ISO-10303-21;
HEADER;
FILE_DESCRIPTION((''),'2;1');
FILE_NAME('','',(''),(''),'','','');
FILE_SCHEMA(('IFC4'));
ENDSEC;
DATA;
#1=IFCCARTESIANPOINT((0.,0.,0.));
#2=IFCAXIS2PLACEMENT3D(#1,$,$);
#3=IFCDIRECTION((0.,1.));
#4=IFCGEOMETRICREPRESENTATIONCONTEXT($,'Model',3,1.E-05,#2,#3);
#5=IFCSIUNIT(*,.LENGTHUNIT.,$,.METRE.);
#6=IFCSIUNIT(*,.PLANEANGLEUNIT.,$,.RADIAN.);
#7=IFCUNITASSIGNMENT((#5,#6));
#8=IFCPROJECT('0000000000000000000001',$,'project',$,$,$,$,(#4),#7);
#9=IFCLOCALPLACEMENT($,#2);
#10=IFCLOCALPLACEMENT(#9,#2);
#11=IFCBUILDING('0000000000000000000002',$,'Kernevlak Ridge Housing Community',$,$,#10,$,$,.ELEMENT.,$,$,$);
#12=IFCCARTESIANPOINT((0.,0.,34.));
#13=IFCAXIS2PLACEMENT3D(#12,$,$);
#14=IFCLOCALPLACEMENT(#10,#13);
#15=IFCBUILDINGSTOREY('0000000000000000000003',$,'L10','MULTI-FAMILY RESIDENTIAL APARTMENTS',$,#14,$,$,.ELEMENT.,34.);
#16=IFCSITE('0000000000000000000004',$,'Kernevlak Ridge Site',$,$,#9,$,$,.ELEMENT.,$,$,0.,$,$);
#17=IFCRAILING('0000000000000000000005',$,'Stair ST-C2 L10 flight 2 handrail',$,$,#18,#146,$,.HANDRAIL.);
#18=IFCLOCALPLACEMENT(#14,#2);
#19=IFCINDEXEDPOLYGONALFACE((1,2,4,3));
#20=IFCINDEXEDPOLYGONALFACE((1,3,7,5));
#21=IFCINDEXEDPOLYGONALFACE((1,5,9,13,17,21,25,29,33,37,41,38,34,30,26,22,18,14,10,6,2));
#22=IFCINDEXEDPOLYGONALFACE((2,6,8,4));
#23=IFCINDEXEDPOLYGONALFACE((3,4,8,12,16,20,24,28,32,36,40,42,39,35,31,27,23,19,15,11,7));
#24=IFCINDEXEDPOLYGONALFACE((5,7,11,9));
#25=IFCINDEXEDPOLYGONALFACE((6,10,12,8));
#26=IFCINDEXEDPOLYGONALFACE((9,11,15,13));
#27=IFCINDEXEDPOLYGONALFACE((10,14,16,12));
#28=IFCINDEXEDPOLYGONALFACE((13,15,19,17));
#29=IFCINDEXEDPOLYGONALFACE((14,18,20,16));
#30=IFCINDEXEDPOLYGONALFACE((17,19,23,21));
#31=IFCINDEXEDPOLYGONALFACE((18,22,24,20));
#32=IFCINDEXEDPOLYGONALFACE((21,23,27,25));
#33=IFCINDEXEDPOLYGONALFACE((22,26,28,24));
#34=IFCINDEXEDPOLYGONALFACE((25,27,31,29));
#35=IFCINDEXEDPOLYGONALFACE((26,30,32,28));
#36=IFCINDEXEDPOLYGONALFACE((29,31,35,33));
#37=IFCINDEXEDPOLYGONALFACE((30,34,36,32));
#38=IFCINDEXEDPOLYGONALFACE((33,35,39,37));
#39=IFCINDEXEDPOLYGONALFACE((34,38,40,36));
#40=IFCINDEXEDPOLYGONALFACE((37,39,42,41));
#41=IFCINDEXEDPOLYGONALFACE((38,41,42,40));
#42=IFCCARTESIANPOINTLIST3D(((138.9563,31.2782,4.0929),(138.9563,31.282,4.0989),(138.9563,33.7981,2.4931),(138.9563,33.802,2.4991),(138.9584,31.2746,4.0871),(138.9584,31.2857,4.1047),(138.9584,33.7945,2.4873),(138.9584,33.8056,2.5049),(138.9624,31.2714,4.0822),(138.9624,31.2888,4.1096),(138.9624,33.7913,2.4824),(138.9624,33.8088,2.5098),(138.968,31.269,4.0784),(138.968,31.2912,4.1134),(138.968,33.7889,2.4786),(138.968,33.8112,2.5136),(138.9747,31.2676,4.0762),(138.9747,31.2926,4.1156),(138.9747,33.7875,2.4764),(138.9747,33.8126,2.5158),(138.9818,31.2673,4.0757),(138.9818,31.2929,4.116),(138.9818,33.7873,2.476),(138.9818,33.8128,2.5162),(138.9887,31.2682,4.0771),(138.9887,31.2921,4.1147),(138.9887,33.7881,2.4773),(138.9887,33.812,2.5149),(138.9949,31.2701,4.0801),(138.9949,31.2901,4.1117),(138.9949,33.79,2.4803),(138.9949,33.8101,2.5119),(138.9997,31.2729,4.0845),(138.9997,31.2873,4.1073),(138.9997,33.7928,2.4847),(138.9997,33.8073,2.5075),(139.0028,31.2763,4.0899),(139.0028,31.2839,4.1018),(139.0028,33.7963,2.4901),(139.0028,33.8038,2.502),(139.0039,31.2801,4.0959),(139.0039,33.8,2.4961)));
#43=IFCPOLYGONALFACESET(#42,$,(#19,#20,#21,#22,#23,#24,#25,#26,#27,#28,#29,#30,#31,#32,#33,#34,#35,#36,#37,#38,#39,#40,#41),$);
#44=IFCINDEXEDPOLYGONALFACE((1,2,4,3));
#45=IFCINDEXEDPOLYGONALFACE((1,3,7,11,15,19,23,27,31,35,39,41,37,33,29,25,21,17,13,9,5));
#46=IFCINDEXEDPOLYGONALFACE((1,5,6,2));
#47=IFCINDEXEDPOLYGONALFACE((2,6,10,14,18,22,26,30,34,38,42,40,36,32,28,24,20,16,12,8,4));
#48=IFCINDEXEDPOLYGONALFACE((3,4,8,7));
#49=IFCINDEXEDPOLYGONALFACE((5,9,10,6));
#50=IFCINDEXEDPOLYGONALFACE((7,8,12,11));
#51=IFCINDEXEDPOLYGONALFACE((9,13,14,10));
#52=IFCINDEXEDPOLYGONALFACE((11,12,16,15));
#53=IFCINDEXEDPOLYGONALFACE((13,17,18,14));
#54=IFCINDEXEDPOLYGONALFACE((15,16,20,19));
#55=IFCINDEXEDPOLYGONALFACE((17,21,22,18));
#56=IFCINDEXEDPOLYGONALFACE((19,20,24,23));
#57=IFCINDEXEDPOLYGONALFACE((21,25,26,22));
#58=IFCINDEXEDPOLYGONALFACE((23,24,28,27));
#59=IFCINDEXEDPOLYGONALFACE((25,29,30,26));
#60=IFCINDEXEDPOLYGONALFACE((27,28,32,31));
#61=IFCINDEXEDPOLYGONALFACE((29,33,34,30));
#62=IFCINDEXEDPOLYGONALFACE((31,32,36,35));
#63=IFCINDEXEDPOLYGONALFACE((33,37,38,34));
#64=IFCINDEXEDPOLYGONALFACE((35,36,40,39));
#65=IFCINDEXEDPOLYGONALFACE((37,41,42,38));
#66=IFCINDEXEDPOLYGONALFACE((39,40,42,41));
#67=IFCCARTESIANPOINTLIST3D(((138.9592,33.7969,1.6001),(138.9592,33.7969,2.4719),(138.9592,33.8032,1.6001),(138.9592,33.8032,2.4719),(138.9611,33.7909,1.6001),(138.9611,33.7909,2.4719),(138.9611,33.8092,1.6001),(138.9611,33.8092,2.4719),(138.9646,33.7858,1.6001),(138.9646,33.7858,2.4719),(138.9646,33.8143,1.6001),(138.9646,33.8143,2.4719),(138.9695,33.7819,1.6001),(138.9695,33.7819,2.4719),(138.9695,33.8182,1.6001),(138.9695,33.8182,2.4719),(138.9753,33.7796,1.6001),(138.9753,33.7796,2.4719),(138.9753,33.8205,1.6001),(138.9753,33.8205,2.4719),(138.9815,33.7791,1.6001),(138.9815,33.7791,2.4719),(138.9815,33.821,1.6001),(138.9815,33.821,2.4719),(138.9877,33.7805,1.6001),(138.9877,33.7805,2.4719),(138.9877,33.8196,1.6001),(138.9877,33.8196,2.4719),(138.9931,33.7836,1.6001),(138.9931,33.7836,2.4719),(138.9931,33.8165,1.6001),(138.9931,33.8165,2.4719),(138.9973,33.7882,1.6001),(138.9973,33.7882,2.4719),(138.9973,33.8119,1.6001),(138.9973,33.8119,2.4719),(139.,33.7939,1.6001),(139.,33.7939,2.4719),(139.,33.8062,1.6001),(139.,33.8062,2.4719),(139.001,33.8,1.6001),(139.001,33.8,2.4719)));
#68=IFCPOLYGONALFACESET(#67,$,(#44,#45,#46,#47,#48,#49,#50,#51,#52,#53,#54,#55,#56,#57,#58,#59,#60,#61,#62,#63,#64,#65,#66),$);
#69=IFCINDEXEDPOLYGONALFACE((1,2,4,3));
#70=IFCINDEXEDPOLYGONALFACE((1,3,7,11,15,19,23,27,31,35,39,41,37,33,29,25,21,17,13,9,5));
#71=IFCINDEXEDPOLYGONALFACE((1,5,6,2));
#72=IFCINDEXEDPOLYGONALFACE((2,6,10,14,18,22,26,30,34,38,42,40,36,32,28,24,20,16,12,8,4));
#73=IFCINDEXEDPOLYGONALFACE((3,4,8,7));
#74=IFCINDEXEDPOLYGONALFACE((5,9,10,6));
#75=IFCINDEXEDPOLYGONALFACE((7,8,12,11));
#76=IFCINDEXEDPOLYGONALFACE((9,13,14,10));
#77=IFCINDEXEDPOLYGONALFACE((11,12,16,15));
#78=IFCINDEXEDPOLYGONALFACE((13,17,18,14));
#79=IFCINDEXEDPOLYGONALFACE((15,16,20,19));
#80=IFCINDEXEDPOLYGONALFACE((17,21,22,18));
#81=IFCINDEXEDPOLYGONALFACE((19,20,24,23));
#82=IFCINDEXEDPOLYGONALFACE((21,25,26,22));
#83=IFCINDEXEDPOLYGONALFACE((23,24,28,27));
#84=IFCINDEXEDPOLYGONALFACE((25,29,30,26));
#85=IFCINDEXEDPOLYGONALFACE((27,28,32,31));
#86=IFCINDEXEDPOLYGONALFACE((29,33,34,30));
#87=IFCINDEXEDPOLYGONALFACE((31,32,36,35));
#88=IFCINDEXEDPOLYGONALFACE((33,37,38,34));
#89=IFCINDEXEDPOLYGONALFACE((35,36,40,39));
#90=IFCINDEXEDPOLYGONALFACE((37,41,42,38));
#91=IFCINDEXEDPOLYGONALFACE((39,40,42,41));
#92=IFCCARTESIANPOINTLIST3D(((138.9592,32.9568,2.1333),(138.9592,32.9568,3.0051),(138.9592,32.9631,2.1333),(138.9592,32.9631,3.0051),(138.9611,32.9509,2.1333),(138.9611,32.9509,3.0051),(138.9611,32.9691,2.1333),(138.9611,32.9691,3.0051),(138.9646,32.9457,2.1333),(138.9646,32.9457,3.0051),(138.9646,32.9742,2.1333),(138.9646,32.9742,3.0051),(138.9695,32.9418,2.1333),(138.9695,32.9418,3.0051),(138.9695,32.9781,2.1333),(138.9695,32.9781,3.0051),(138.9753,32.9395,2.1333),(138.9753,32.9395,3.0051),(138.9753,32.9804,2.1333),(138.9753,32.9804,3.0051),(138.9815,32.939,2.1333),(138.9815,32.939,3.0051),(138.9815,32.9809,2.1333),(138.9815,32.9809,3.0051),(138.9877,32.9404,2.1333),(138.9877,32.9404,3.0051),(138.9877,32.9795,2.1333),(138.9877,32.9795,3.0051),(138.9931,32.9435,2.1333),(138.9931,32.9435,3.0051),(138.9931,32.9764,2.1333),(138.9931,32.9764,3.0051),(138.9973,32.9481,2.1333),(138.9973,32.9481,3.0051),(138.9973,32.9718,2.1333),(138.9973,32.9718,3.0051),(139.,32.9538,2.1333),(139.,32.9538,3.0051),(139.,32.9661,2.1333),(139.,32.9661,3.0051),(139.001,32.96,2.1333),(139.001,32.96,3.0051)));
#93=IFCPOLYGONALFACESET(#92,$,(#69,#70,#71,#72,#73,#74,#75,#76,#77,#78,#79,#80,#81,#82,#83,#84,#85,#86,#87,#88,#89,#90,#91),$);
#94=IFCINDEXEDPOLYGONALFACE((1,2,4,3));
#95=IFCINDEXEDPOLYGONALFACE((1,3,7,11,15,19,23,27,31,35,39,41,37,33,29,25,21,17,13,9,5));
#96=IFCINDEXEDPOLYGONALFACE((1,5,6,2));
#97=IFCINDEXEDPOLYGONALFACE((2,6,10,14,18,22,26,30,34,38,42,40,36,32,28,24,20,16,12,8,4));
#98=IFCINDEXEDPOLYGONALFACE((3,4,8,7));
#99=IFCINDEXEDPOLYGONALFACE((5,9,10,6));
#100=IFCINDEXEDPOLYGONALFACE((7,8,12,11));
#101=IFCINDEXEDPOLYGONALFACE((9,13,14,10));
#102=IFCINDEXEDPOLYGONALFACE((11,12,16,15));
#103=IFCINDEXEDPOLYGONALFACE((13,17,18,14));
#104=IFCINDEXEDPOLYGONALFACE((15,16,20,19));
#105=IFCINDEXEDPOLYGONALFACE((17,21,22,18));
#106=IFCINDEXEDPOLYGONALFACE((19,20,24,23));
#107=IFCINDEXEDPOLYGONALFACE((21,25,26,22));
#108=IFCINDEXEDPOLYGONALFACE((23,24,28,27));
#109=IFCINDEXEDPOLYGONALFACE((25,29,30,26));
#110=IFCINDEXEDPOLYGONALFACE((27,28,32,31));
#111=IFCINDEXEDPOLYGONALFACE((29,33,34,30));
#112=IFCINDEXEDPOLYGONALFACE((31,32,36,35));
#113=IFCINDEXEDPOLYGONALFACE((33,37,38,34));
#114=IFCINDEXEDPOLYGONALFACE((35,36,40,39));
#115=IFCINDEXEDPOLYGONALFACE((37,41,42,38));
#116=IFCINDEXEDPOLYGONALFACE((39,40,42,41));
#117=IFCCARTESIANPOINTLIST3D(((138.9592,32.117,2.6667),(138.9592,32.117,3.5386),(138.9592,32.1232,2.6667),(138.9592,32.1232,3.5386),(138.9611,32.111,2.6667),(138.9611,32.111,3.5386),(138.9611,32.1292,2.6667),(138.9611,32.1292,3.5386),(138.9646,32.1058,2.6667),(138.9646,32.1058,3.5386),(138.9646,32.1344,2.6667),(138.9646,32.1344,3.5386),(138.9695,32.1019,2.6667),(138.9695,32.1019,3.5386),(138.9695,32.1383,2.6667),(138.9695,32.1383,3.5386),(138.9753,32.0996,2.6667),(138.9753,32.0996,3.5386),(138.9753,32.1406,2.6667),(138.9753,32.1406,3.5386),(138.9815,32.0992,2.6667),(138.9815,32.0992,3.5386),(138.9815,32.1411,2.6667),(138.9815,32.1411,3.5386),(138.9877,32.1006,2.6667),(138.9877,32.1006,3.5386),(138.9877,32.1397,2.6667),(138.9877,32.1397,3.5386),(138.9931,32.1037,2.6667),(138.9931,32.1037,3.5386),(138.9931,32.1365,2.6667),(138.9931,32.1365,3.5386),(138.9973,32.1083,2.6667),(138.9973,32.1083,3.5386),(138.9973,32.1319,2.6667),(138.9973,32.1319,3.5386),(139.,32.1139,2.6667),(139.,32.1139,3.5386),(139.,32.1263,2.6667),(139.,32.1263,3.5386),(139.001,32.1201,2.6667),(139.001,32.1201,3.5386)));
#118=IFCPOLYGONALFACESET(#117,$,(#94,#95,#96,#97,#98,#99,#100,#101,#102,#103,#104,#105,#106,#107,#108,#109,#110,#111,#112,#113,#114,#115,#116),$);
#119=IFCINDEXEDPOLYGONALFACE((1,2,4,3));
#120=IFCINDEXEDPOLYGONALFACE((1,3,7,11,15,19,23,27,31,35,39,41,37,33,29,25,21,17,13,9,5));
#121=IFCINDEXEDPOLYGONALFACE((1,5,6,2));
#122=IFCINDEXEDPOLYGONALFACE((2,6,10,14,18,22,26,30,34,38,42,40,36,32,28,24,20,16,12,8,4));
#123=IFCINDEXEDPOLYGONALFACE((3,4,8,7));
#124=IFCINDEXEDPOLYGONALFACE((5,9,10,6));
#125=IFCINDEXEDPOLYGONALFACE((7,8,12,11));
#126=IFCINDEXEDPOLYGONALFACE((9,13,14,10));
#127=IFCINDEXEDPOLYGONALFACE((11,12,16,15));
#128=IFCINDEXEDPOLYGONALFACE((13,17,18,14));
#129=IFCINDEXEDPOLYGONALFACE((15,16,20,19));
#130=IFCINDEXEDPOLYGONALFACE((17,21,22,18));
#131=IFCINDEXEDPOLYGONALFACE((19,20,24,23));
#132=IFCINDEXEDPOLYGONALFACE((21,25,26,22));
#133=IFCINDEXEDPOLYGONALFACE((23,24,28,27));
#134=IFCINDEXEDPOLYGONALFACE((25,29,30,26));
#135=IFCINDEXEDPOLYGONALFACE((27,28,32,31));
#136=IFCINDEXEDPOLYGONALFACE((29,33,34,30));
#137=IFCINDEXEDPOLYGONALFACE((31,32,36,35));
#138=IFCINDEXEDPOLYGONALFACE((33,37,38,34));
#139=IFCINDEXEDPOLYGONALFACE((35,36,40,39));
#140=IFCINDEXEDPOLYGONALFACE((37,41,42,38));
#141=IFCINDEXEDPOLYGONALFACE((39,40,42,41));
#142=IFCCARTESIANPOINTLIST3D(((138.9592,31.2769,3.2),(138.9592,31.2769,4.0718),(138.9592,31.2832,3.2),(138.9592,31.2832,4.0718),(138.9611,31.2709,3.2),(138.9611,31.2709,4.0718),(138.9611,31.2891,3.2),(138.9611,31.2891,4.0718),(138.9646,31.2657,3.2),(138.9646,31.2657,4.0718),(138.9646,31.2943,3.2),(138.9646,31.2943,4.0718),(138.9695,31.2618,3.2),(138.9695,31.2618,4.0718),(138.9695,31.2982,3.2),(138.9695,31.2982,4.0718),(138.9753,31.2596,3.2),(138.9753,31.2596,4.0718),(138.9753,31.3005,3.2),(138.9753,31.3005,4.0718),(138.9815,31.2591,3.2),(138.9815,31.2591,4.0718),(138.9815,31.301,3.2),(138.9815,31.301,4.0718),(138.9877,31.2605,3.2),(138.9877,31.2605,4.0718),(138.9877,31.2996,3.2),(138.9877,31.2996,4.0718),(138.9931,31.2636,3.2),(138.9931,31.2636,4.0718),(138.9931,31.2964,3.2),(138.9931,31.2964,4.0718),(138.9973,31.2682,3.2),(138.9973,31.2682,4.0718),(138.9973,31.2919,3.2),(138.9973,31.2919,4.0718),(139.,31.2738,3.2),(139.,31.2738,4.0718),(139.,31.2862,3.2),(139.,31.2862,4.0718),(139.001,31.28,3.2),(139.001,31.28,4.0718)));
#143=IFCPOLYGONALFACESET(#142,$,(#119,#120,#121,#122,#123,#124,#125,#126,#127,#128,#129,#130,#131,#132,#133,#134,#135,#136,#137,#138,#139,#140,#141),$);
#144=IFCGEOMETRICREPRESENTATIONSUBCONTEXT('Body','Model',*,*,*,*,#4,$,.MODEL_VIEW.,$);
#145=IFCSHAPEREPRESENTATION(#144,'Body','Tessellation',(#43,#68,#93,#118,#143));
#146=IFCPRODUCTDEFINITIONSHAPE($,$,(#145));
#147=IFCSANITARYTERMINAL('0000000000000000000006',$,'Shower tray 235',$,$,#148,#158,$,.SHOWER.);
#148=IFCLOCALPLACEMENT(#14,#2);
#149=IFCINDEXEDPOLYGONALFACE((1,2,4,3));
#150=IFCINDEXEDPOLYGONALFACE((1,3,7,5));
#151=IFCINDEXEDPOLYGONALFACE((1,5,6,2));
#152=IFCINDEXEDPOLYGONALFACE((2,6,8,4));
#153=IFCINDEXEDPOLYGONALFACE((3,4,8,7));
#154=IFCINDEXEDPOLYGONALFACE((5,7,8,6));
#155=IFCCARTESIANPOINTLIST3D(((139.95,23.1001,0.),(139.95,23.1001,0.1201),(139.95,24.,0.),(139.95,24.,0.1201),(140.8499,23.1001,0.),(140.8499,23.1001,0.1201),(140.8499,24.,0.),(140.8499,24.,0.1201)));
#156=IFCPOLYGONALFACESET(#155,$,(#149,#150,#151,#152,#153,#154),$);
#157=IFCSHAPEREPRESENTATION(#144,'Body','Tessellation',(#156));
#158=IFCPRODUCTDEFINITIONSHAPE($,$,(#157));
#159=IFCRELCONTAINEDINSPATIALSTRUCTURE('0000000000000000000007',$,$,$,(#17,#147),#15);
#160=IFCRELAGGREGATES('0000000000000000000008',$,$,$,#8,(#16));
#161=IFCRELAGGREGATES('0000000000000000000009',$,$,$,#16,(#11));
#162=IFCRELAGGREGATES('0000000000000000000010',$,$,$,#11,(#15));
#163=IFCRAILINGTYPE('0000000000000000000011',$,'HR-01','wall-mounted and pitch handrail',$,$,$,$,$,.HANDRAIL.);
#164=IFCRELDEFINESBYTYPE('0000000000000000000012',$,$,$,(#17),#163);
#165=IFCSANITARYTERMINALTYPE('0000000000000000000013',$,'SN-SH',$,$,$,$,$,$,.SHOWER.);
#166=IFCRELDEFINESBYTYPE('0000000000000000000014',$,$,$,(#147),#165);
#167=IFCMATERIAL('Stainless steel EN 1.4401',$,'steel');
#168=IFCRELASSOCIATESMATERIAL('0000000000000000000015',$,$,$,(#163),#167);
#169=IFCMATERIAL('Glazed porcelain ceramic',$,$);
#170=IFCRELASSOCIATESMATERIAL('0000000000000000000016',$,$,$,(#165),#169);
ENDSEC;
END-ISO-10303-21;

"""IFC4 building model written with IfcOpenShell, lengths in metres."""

from ifc_helpers import new_model, si_unit, direction, frame, origin, origin_2d, place, context, subcontext, project, spatial, rectangle, circle, extrude, material, type_object, element, save


model = new_model("IFC4")

# Units and contexts
model_context = context("Model", 3, precision=1e-05, world=origin(), true_north=direction((0.0, 1.0)))
body_context = subcontext(model_context, "Body", "Model", "MODEL_VIEW")
ifc_project = project(units=[si_unit("LENGTHUNIT", "METRE"), si_unit("PLANEANGLEUNIT", "RADIAN")], contexts=[model_context])

# Site, building, storey
site_placement = place(None, origin())
site = spatial("IfcSite", under=ifc_project, at=site_placement, Name="Kernevlak Ridge Site", CompositionType="ELEMENT", RefElevation=0.0)
building_placement = place(site_placement, origin())
building = spatial("IfcBuilding", under=site, at=building_placement, Name="Kernevlak Ridge Housing Community", CompositionType="ELEMENT")
storey_placement = place(building_placement, frame((0.0, 0.0, 34.0)))
storey = spatial("IfcBuildingStorey", under=building, at=storey_placement, Name="L10", Description="MULTI-FAMILY RESIDENTIAL APARTMENTS", CompositionType="ELEMENT", Elevation=34.0)

# Railing
ifc_material_1 = material(Name="Stainless steel EN 1.4401", Category="steel")
railing_type_1 = type_object("IfcRailingType", Name="HR-01", Description="wall-mounted and pitch handrail", PredefinedType="HANDRAIL", material=ifc_material_1)
railing_1_placement = place(storey_placement, frame((138.98, 33.8, 1.6001)))
element("IfcRailing", 1, at=railing_1_placement, inside=storey, type_object=railing_type_1, Name="Stair ST-C2 L10 flight 2 handrail", PredefinedType="HANDRAIL", context=body_context, shape_type="SweptSolid", body=[
    extrude(circle(Radius=0.0239, at=origin_2d()), frame((0.0, 0.0, 0.896), z_axis=(0.0, -0.844237, 0.53597), x_axis=(1.0, 0.0, 0.0)), (0.0, 0.0, 1.0), 2.9849),
    extrude(circle(Radius=0.021, at=origin_2d()), origin(), (0.0, 0.0, 1.0), 0.8718),
    extrude(circle(Radius=0.021, at=origin_2d()), frame((0.0, -0.8401, 0.5332)), (0.0, 0.0, 1.0), 0.8718),
    extrude(circle(Radius=0.021, at=origin_2d()), frame((0.0, -1.6799, 1.0667)), (0.0, 0.0, 1.0), 0.8718),
    extrude(circle(Radius=0.021, at=origin_2d()), frame((0.0, -2.52, 1.5999)), (0.0, 0.0, 1.0), 0.8718),
])

# Sanitary terminal
ifc_material_2 = material(Name="Glazed porcelain ceramic")
sanitary_terminal_type = type_object("IfcSanitaryTerminalType", Name="SN-SH", PredefinedType="SHOWER", material=ifc_material_2)
sanitary_terminal_placement = place(storey_placement, frame((140.3999, 23.55, 0.0), z_axis=(0.0, 0.0, 1.0), x_axis=(1.0, 0.0, 0.0)))
element("IfcSanitaryTerminal", 2, at=sanitary_terminal_placement, inside=storey, type_object=sanitary_terminal_type, Name="Shower tray 235", PredefinedType="SHOWER", context=body_context, shape_type="SweptSolid", body=[
    extrude(rectangle(XDim=0.8999, YDim=0.8999, at=origin_2d()), origin(), (0.0, 0.0, 1.0), 0.1201),
])

save(model, "model.ifc")
